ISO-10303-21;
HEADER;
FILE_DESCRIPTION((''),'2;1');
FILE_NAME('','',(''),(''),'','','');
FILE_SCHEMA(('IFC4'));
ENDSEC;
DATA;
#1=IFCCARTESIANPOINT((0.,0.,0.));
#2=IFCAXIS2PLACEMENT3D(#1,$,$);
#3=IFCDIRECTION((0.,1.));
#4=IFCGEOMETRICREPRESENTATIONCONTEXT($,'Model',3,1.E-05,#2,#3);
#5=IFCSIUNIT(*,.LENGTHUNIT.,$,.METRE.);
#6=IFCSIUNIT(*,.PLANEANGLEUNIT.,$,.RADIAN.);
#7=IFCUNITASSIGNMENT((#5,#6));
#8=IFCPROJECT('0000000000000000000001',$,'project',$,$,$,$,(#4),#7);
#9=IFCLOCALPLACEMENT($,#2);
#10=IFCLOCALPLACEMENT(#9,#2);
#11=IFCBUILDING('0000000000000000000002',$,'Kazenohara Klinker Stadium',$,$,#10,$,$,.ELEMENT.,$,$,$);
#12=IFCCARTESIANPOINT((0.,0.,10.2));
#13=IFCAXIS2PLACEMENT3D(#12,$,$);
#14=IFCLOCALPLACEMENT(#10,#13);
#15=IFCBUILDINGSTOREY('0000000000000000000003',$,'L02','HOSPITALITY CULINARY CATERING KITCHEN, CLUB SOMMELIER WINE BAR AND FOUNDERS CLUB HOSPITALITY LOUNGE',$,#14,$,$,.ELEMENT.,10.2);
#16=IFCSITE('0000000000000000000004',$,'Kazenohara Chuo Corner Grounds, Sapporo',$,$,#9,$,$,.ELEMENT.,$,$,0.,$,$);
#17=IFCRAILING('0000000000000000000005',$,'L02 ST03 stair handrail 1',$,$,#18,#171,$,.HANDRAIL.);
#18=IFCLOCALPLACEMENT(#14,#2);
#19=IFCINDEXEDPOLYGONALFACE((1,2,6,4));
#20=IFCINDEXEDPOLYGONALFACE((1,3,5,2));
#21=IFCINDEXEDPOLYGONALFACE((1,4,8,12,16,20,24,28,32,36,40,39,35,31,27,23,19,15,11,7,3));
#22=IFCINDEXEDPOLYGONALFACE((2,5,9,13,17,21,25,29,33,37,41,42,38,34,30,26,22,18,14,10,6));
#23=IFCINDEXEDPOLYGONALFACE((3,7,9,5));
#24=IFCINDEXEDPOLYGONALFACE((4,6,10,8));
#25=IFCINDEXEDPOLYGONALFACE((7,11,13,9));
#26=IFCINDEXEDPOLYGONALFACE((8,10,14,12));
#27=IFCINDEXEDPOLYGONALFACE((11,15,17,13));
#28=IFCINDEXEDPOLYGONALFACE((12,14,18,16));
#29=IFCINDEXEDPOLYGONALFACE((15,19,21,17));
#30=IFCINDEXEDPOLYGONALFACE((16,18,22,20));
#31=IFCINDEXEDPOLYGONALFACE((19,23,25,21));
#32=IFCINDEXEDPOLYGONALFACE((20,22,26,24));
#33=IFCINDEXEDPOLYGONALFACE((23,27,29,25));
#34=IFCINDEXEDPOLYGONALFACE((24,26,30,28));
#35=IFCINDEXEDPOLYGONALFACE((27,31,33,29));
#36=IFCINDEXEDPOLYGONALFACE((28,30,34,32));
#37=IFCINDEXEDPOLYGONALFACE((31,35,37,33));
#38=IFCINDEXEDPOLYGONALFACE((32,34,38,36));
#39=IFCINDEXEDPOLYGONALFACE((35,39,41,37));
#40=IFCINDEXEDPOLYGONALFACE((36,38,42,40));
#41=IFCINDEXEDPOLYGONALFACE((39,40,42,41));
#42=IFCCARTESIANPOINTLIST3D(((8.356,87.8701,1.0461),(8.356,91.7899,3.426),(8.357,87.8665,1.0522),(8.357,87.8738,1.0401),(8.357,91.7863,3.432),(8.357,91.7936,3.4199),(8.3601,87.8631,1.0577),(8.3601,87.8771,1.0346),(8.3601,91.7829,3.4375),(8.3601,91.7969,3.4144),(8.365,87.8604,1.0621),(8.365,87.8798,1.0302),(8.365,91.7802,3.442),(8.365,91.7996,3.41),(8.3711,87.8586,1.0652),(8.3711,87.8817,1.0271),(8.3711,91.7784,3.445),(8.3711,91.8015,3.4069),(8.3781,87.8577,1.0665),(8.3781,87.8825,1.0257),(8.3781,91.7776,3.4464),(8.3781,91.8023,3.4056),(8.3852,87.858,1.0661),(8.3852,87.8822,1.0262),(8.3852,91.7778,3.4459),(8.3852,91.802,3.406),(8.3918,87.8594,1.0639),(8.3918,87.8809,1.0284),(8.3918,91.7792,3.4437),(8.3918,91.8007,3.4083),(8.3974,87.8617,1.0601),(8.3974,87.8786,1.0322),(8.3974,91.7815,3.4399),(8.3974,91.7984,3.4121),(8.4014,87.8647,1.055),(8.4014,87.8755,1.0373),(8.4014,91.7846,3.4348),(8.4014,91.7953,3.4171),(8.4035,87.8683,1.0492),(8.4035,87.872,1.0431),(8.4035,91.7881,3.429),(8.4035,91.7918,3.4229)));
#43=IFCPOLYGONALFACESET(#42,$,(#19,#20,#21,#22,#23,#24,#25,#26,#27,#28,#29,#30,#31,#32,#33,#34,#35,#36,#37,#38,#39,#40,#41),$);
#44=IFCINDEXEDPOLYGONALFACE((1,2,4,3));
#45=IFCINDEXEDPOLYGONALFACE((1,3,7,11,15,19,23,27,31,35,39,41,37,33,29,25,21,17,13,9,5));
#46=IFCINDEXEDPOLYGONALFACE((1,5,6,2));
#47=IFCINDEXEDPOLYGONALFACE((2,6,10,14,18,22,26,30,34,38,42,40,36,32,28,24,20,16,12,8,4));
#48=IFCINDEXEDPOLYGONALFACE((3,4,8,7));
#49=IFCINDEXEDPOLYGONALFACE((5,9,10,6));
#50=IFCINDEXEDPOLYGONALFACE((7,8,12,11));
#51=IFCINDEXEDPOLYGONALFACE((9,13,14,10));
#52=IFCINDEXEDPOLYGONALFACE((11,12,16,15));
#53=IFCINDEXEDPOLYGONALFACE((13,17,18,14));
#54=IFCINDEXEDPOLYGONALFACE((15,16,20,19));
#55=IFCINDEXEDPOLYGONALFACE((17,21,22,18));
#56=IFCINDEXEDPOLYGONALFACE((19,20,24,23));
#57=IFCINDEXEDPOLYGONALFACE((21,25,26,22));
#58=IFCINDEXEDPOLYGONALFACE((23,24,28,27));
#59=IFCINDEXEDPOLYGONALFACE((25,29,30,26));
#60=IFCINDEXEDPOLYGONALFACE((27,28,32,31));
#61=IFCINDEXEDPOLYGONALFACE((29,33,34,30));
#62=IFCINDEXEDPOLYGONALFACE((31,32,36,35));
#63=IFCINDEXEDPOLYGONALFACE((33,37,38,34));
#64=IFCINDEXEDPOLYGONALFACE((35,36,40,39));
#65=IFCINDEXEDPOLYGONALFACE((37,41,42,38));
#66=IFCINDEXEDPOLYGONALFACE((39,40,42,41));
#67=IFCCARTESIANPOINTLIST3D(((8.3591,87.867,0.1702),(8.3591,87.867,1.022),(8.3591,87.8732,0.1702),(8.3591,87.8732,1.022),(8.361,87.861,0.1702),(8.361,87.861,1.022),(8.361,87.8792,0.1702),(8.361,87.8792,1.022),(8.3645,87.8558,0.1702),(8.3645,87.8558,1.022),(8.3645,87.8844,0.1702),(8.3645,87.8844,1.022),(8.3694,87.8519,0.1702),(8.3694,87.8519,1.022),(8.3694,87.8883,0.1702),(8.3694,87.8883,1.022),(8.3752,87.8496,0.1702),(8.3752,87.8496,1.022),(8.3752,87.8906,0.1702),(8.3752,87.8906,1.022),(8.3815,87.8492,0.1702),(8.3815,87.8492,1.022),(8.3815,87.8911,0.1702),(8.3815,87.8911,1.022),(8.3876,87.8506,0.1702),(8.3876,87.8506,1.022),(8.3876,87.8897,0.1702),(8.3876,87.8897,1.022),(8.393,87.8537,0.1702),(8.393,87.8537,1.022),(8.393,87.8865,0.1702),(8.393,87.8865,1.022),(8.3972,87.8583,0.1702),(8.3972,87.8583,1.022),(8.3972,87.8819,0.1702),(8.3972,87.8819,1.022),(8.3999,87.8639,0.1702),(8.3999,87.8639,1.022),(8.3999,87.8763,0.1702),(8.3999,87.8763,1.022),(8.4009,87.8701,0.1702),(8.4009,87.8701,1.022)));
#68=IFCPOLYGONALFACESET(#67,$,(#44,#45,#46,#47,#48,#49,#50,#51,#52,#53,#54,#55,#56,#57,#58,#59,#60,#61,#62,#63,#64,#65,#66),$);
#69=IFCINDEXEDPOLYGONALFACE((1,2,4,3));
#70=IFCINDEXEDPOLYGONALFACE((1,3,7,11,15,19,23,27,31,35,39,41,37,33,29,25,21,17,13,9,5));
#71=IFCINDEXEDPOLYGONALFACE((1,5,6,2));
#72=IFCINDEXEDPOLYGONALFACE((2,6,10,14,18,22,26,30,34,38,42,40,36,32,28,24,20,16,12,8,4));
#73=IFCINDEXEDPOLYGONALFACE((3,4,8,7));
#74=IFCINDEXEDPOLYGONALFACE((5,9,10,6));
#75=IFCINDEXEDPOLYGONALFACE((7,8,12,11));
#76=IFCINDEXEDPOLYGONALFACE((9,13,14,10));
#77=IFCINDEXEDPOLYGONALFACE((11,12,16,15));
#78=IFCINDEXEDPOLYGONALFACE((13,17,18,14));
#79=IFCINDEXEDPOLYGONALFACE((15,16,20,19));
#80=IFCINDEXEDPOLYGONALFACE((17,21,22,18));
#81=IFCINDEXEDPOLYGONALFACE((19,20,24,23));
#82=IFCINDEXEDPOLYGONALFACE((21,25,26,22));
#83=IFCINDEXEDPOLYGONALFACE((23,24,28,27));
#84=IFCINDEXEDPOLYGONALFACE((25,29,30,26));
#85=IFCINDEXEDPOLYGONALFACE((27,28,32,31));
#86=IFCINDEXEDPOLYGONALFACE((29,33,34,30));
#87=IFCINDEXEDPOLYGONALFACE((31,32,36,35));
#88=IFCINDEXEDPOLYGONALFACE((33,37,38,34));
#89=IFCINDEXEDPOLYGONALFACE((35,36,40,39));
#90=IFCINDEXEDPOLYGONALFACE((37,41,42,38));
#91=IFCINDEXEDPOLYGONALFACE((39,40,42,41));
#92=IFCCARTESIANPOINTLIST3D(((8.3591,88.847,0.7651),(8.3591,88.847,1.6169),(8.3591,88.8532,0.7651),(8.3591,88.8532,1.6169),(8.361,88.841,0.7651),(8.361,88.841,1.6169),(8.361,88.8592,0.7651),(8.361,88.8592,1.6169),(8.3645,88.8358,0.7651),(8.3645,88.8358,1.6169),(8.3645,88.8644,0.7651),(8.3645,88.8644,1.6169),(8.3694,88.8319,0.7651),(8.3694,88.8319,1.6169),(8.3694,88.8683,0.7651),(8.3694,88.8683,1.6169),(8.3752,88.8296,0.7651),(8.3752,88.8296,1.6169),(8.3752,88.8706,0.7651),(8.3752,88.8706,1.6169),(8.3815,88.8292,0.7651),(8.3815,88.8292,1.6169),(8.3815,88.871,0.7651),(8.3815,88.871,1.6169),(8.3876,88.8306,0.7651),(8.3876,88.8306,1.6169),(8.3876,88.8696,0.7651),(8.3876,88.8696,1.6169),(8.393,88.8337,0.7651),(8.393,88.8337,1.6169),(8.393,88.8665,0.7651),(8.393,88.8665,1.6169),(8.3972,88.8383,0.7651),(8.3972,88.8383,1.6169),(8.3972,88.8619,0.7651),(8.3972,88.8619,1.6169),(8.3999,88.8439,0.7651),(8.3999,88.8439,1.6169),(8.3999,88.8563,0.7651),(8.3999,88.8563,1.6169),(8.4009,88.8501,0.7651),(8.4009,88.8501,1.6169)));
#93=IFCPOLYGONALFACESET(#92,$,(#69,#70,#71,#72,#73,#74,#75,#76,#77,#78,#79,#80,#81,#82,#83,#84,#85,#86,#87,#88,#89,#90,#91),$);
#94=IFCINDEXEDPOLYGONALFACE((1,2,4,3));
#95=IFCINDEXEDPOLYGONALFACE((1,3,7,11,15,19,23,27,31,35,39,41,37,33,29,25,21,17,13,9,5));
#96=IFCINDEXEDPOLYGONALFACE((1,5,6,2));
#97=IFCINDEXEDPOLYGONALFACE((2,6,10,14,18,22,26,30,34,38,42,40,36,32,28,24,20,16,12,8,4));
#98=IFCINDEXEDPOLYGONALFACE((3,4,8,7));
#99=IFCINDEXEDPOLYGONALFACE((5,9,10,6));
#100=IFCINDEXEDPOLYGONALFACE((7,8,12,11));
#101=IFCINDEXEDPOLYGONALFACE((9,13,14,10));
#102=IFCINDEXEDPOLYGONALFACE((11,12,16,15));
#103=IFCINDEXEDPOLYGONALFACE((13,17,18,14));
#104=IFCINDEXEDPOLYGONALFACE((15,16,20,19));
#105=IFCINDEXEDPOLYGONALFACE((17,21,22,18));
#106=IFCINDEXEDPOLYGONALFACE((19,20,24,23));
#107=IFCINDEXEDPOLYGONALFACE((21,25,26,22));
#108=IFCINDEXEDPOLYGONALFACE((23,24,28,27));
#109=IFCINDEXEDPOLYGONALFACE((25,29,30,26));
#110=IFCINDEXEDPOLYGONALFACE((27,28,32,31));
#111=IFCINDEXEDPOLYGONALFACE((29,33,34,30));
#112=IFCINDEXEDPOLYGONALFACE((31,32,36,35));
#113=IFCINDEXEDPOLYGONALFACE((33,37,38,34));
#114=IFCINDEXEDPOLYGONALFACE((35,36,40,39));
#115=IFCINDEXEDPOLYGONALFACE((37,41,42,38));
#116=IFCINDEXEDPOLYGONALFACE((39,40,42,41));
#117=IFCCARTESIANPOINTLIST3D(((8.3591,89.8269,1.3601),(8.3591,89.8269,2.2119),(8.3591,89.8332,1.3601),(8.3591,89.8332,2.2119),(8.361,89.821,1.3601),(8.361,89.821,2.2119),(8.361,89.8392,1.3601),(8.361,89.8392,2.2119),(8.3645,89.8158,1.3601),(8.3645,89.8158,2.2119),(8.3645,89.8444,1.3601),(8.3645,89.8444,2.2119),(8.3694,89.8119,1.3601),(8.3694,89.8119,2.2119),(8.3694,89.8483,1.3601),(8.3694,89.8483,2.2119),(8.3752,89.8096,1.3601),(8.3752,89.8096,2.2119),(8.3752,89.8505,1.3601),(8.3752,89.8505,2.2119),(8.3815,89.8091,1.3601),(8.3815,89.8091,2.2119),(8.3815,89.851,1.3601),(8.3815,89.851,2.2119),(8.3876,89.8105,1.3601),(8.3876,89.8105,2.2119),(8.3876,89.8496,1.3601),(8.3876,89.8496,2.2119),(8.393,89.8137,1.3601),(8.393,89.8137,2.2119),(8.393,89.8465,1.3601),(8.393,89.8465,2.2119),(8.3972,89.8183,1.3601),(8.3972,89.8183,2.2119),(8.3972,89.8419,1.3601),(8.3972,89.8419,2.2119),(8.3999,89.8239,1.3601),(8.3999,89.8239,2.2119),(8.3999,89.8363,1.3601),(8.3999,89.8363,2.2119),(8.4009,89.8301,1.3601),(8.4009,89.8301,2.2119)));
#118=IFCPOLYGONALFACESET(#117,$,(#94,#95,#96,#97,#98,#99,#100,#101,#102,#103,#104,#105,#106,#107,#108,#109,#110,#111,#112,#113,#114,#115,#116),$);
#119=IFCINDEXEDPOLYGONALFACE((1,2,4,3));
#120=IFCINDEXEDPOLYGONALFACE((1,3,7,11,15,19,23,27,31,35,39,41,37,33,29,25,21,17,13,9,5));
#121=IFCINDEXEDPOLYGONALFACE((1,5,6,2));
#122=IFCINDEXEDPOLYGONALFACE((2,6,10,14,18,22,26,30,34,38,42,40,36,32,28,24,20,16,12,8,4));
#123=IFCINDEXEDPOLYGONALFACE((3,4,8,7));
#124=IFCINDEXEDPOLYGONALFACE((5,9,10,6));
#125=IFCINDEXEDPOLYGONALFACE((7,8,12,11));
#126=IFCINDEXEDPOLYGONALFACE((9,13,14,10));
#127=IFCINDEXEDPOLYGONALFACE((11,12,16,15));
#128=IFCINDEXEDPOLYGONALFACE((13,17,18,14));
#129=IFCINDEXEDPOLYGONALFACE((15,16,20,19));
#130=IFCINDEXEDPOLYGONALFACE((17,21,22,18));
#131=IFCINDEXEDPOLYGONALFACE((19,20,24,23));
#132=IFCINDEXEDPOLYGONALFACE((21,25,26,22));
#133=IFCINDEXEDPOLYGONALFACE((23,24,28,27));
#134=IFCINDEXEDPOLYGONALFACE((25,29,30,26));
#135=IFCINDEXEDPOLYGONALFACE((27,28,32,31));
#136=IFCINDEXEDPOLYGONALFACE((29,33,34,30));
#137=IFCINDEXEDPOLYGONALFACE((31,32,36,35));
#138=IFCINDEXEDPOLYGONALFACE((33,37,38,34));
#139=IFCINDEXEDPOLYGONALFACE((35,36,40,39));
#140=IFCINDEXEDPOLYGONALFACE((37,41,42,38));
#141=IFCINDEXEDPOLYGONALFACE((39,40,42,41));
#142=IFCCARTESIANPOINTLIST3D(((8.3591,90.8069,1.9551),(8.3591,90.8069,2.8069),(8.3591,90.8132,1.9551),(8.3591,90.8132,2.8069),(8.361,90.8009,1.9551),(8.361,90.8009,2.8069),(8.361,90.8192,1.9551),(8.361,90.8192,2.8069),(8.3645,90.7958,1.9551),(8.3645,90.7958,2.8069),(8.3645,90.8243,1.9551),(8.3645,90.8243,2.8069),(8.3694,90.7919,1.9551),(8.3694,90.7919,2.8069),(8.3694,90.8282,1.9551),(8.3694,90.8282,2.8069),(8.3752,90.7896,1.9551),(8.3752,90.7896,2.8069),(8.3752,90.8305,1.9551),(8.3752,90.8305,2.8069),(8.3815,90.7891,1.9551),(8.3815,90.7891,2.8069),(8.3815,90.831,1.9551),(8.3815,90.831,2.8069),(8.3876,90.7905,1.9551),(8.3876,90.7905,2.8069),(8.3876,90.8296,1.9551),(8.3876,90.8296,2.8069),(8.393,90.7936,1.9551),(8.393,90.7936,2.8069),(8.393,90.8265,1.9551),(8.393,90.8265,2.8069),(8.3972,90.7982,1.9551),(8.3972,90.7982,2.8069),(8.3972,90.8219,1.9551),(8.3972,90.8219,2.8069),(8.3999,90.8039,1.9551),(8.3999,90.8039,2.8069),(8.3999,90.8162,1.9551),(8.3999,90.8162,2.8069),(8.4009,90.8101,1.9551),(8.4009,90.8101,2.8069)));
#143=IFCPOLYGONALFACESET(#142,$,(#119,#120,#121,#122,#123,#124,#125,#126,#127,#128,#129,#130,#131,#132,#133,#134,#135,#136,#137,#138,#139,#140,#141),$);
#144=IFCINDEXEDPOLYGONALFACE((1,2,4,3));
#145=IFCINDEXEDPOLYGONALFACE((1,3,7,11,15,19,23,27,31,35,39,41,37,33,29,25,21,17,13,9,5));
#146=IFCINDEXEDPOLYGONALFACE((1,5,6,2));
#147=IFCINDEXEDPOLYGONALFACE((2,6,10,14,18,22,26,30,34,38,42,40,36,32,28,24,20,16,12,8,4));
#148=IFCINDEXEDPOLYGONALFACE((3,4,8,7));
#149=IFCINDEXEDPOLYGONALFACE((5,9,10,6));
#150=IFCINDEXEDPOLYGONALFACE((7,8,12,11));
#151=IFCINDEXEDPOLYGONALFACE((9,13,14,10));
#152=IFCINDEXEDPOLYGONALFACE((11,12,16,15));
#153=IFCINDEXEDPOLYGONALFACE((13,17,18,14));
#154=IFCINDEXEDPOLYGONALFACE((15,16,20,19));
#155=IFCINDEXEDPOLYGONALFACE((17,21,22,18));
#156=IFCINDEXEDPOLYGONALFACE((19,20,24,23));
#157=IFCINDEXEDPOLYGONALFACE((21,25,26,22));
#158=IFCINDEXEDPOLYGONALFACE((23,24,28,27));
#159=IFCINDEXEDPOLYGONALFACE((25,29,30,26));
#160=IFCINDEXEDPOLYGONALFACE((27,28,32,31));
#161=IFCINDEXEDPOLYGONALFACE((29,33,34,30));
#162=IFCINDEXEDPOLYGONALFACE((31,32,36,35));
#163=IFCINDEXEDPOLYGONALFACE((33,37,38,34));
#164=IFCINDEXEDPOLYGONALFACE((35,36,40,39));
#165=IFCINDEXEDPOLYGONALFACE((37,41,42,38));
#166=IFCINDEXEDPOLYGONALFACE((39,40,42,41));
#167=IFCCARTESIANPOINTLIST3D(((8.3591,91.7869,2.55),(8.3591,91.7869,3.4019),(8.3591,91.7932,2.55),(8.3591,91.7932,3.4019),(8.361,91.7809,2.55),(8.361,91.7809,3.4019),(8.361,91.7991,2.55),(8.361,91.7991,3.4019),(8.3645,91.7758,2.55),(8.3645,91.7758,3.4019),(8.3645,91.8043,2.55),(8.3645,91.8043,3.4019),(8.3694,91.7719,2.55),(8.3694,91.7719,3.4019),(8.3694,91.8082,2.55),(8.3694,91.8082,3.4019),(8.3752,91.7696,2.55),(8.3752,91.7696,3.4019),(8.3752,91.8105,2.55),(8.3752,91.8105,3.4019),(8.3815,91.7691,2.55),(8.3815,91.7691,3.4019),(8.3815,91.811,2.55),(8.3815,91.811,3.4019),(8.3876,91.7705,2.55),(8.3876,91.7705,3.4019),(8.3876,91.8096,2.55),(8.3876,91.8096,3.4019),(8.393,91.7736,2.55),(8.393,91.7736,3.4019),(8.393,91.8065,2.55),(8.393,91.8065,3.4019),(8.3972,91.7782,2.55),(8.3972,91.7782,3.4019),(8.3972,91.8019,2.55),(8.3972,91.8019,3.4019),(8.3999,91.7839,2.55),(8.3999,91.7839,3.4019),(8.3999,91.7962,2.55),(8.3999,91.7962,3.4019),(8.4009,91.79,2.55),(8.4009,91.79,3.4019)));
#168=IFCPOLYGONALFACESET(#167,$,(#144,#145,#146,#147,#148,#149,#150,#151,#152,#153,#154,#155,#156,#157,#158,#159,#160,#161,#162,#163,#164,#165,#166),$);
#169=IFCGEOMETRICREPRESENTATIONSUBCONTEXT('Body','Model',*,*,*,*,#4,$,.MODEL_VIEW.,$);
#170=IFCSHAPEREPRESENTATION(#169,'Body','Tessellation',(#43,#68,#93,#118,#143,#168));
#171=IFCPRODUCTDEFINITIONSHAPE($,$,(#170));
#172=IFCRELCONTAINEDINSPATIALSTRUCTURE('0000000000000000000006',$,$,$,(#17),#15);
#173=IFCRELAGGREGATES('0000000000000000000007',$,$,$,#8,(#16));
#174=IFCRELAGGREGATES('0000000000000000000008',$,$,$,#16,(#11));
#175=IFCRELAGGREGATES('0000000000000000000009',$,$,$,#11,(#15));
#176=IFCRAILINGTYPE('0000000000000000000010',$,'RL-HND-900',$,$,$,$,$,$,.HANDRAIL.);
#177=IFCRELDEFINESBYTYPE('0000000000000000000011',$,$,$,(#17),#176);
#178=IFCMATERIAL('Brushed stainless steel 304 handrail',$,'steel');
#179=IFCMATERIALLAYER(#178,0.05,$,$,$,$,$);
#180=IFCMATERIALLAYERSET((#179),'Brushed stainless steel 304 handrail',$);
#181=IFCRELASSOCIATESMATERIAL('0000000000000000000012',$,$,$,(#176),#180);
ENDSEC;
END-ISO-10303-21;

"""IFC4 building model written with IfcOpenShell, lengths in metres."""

from ifc_helpers import new_model, si_unit, direction, frame, origin, origin_2d, place, context, subcontext, project, spatial, circle, extrude, material, layer, layer_set, type_object, element, save


model = new_model("IFC4")

# Units and contexts
model_context = context("Model", 3, precision=1e-05, world=origin(), true_north=direction((0.0, 1.0)))
body_context = subcontext(model_context, "Body", "Model", "MODEL_VIEW")
ifc_project = project(units=[si_unit("LENGTHUNIT", "METRE"), si_unit("PLANEANGLEUNIT", "RADIAN")], contexts=[model_context])

# Site, building, storey
site_placement = place(None, origin())
site = spatial("IfcSite", under=ifc_project, at=site_placement, Name="Kazenohara Chuo Corner Grounds, Sapporo", CompositionType="ELEMENT", RefElevation=0.0)
building_placement = place(site_placement, origin())
building = spatial("IfcBuilding", under=site, at=building_placement, Name="Kazenohara Klinker Stadium", CompositionType="ELEMENT")
storey_placement = place(building_placement, frame((0.0, 0.0, 10.2)))
storey = spatial("IfcBuildingStorey", under=building, at=storey_placement, Name="L02", Description="HOSPITALITY CULINARY CATERING KITCHEN, CLUB SOMMELIER WINE BAR AND FOUNDERS CLUB HOSPITALITY LOUNGE", CompositionType="ELEMENT", Elevation=10.2)

# Railing
ifc_material_1 = material(Name="Brushed stainless steel 304 handrail", Category="steel")
ifc_layer_1 = layer(ifc_material_1, 0.05)
ifc_layer_set_1 = layer_set([ifc_layer_1], Name="Brushed stainless steel 304 handrail")
railing_type_1 = type_object("IfcRailingType", Name="RL-HND-900", PredefinedType="HANDRAIL", material=ifc_layer_set_1)
for number, where, name in (
    (1, (8.3799, 87.8701, 0.1702), "L02 ST03 stair handrail 1"),
):
    element("IfcRailing", number, at=place(storey_placement, frame(where)), inside=storey, type_object=railing_type_1, Name=name, PredefinedType="HANDRAIL", context=body_context, shape_type="SweptSolid", body=[
        extrude(circle(Radius=0.0239, at=origin_2d()), frame((0.0, 0.0, 0.876), z_axis=(0.0, 0.854794, 0.518967), x_axis=(-1.0, 0.0, 0.0)), (0.0, 0.0, 1.0), 4.5857),
        extrude(circle(Radius=0.021, at=origin_2d()), origin(), (0.0, 0.0, 1.0), 0.8518),
        extrude(circle(Radius=0.021, at=origin_2d()), frame((0.0, 0.98, 0.595)), (0.0, 0.0, 1.0), 0.8518),
        extrude(circle(Radius=0.021, at=origin_2d()), frame((0.0, 1.96, 1.1899)), (0.0, 0.0, 1.0), 0.8518),
        extrude(circle(Radius=0.021, at=origin_2d()), frame((0.0, 2.9399, 1.7849)), (0.0, 0.0, 1.0), 0.8518),
        extrude(circle(Radius=0.021, at=origin_2d()), frame((0.0, 3.9199, 2.3799)), (0.0, 0.0, 1.0), 0.8518),
    ])

save(model, "model.ifc")
